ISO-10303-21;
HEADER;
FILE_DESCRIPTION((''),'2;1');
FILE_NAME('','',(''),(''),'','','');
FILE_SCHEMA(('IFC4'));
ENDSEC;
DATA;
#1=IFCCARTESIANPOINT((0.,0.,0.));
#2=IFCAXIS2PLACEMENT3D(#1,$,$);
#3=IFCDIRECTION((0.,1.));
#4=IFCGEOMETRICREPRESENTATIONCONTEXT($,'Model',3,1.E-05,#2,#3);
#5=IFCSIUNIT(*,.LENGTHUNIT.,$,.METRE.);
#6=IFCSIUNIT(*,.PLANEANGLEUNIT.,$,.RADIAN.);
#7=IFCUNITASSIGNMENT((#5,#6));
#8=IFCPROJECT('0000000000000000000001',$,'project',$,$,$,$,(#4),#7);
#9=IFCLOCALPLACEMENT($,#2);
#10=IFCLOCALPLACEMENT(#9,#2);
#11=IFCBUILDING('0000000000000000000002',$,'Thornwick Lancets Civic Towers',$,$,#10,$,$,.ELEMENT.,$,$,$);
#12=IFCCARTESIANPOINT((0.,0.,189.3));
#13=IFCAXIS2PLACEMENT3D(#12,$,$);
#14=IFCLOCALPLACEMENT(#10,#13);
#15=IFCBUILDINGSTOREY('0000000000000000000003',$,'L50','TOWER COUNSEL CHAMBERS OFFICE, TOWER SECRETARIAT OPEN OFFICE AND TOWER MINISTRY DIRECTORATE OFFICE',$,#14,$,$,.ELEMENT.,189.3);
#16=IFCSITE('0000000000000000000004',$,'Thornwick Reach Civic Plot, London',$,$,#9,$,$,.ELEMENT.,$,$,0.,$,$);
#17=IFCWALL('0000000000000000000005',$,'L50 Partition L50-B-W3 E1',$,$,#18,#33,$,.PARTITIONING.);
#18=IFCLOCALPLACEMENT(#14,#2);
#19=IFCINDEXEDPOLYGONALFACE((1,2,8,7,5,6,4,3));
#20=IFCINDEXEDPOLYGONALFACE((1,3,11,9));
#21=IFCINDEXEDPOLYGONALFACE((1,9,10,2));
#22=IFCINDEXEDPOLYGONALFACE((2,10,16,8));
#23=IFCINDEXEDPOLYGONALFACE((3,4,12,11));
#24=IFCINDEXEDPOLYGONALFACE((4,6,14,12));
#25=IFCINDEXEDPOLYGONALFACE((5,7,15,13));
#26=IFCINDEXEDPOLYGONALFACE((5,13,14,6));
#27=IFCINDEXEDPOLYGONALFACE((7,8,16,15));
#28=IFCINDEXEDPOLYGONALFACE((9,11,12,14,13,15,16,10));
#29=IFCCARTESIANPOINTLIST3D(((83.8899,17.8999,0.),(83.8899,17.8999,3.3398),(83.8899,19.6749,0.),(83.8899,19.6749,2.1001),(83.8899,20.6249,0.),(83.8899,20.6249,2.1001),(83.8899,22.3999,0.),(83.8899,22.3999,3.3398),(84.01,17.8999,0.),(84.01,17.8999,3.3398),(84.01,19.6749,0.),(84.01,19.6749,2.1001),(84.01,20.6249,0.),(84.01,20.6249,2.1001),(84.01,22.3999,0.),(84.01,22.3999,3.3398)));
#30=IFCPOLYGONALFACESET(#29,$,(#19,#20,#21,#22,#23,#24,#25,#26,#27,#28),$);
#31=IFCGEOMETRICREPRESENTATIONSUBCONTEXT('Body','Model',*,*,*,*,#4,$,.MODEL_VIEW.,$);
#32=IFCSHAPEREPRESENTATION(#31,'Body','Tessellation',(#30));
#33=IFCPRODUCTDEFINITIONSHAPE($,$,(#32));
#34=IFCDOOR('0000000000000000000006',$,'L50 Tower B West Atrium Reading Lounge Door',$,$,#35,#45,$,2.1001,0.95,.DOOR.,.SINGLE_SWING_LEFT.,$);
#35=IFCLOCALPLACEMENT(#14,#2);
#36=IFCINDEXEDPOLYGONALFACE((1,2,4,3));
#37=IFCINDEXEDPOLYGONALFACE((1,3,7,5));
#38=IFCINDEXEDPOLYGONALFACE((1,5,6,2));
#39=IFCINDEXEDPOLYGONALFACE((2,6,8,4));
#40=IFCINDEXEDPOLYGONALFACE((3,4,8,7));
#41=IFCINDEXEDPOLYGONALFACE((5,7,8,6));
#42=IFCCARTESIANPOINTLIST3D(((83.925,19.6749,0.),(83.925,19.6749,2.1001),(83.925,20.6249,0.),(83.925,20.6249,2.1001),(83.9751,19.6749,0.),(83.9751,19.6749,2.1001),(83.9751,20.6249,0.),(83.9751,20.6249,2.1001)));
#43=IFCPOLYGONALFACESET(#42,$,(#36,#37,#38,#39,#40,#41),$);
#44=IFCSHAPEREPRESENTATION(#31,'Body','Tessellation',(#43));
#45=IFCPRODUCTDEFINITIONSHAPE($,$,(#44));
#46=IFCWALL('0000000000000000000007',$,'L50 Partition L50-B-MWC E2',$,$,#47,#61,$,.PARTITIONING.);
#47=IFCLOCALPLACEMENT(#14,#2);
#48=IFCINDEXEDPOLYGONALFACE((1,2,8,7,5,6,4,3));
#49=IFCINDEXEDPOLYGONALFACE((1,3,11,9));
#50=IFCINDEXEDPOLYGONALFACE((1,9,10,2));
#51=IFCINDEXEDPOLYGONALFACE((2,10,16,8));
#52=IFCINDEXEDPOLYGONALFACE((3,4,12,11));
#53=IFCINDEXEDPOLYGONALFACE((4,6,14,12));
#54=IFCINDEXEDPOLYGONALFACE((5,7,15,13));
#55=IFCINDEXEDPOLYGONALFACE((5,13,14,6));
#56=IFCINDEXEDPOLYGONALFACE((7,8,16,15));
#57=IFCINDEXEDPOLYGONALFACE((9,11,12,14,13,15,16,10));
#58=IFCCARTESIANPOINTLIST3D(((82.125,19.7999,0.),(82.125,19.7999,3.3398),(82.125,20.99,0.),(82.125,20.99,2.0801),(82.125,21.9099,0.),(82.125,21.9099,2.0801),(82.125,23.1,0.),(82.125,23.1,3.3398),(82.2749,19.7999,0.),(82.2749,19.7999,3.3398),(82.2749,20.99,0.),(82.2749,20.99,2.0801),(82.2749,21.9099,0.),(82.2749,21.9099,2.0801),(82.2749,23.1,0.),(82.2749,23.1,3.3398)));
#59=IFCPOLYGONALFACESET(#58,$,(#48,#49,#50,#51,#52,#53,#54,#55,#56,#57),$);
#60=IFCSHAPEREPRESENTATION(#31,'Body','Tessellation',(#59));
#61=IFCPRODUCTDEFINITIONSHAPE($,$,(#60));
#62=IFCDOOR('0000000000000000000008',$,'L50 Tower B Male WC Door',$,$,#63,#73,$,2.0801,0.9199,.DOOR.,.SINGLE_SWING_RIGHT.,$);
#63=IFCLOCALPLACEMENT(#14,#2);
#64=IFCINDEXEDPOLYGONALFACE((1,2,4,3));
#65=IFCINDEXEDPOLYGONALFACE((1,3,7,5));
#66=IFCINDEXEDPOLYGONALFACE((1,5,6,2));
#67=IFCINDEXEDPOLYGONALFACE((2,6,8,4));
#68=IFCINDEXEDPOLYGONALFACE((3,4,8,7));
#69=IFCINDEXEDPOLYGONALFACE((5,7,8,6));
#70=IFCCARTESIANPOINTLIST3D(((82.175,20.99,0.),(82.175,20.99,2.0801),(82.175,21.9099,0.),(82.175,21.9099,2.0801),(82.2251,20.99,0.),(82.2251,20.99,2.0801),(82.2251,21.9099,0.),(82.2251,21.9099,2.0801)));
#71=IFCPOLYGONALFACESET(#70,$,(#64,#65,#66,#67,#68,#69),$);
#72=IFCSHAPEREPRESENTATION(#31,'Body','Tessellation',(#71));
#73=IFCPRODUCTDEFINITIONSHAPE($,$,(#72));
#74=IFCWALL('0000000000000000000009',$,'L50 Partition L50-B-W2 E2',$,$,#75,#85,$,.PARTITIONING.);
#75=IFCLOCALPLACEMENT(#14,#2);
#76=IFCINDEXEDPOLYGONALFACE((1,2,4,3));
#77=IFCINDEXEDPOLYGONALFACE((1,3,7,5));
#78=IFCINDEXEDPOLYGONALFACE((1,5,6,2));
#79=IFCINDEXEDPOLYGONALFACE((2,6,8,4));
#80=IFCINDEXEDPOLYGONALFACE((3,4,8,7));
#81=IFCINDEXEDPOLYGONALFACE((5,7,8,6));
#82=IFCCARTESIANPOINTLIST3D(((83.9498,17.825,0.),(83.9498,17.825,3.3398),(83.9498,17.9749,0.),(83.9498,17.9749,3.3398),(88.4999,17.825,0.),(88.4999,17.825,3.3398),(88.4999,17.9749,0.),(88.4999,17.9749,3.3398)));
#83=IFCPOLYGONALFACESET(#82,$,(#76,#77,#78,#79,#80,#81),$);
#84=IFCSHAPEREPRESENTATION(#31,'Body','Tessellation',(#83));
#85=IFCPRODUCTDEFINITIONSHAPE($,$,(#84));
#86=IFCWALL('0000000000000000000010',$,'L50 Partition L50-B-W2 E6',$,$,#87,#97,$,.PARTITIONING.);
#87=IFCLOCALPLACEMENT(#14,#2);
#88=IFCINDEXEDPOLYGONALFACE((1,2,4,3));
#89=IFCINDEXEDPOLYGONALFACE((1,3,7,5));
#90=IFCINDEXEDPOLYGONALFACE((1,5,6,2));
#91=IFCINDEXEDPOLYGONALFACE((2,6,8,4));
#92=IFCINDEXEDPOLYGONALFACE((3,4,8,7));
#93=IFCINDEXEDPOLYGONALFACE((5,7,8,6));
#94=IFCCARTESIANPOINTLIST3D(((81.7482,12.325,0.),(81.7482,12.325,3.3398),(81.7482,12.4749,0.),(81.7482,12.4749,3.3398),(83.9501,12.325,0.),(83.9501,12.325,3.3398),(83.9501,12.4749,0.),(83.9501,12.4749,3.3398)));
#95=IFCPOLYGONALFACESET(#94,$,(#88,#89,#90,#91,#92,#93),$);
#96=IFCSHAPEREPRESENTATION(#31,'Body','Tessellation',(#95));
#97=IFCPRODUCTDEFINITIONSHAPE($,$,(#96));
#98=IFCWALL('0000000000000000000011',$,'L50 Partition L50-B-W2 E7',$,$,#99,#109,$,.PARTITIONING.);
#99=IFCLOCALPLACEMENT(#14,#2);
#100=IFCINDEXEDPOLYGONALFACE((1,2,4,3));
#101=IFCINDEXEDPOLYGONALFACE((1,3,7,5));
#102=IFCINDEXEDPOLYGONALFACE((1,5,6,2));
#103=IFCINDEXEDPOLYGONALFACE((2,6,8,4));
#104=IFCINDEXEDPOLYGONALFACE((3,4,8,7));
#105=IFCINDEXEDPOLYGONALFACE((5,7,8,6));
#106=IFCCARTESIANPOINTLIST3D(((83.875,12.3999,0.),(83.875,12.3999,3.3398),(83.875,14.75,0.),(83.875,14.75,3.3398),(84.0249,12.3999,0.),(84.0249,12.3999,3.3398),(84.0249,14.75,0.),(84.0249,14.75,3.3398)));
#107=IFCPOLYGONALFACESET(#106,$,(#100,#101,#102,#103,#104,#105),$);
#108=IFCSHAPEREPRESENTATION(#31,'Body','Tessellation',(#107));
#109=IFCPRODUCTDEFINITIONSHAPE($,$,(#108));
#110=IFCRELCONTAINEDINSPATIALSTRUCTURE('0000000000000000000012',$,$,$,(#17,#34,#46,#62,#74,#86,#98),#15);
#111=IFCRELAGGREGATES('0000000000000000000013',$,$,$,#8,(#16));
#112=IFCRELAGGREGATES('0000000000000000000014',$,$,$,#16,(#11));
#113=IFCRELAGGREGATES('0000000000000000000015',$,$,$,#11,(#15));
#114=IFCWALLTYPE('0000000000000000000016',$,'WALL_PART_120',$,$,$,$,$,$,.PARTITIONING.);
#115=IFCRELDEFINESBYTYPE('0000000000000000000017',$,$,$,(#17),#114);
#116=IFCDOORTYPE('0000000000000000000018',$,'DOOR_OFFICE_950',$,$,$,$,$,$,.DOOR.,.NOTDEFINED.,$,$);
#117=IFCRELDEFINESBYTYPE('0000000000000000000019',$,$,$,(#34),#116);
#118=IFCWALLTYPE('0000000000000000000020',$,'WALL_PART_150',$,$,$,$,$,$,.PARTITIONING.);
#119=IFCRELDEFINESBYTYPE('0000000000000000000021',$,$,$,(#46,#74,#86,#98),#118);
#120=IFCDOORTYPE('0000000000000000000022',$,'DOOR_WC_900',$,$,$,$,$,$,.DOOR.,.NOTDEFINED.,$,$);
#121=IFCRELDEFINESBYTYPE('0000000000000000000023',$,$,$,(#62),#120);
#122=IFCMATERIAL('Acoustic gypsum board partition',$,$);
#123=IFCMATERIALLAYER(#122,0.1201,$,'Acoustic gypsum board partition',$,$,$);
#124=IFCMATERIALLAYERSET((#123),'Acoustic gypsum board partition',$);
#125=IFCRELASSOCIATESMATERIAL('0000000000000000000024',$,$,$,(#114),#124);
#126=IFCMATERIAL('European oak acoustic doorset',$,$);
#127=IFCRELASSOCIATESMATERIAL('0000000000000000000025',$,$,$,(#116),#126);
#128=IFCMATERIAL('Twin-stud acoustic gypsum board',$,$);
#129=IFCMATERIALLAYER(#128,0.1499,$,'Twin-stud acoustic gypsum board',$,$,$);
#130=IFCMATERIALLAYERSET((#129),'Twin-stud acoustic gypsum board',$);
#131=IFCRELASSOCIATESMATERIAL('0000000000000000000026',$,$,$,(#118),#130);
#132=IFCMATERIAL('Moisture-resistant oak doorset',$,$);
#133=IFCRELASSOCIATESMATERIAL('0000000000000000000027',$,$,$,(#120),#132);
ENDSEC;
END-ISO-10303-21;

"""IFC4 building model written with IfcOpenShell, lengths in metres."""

from ifc_helpers import new_model, si_unit, direction, frame, frame_2d, origin, place, context, subcontext, project, spatial, rectangle, extrude, material, layer, layer_set, type_object, element, fill, save


model = new_model("IFC4")

# Units and contexts
model_context = context("Model", 3, precision=1e-05, world=origin(), true_north=direction((0.0, 1.0)))
body_context = subcontext(model_context, "Body", "Model", "MODEL_VIEW")
ifc_project = project(units=[si_unit("LENGTHUNIT", "METRE"), si_unit("PLANEANGLEUNIT", "RADIAN")], contexts=[model_context])

# Site, building, storey
site_placement = place(None, origin())
site = spatial("IfcSite", under=ifc_project, at=site_placement, Name="Thornwick Reach Civic Plot, London", CompositionType="ELEMENT", RefElevation=0.0)
building_placement = place(site_placement, origin())
building = spatial("IfcBuilding", under=site, at=building_placement, Name="Thornwick Lancets Civic Towers", CompositionType="ELEMENT")
storey_placement = place(building_placement, frame((0.0, 0.0, 189.3)))
storey = spatial("IfcBuildingStorey", under=building, at=storey_placement, Name="L50", Description="TOWER COUNSEL CHAMBERS OFFICE, TOWER SECRETARIAT OPEN OFFICE AND TOWER MINISTRY DIRECTORATE OFFICE", CompositionType="ELEMENT", Elevation=189.3)

# Walls, openings, doors
ifc_material_1 = material(Name="Acoustic gypsum board partition")
ifc_layer_1 = layer(ifc_material_1, 0.1201, Name="Acoustic gypsum board partition")
ifc_layer_set_1 = layer_set([ifc_layer_1], Name="Acoustic gypsum board partition")
wall_type_1 = type_object("IfcWallType", Name="WALL_PART_120", PredefinedType="PARTITIONING", material=ifc_layer_set_1)
wall_1_placement = place(storey_placement, frame((83.95, 17.8999, 0.0), z_axis=(0.0, 0.0, 1.0), x_axis=(0.0, 1.0, 0.0)))
wall_1 = element("IfcWall", 1, at=wall_1_placement, inside=storey, type_object=wall_type_1, Name="L50 Partition L50-B-W3 E1", PredefinedType="PARTITIONING", context=body_context, shape_type="SweptSolid", body=[
    extrude(rectangle(XDim=4.5, YDim=0.1201, at=frame_2d((2.25, 0.0))), origin(), (0.0, 0.0, 1.0), 3.3398),
])
opening_1_placement = place(wall_1_placement, frame((1.7749, 0.0, 0.0)))
opening_1 = element("IfcOpeningElement", 2, at=opening_1_placement, cuts=wall_1, PredefinedType="OPENING", context=body_context, shape_type="SweptSolid", body=[
    extrude(rectangle(XDim=0.95, YDim=2.1001, at=frame_2d((0.4751, 1.05))), frame((0.0, 0.0701, 0.0), z_axis=(0.0, -1.0, 0.0), x_axis=(1.0, 0.0, 0.0)), (0.0, 0.0, 1.0), 0.1401),
])
ifc_material_2 = material(Name="European oak acoustic doorset")
door_type_1 = type_object("IfcDoorType", Name="DOOR_OFFICE_950", OperationType="NOTDEFINED", PredefinedType="DOOR", material=ifc_material_2)
door_1_placement = place(opening_1_placement, origin())
door_1 = element("IfcDoor", 3, at=door_1_placement, inside=storey, type_object=door_type_1, Name="L50 Tower B West Atrium Reading Lounge Door", OperationType="SINGLE_SWING_LEFT", OverallHeight=2.1001, OverallWidth=0.95, PredefinedType="DOOR", context=body_context, shape_type="SweptSolid", body=[
    extrude(rectangle(XDim=0.95, YDim=2.1001, at=frame_2d((0.4751, 1.05))), frame((0.0, 0.0249, 0.0), z_axis=(0.0, -1.0, 0.0), x_axis=(1.0, 0.0, 0.0)), (0.0, 0.0, 1.0), 0.05),
])
fill(opening_1, door_1)
ifc_material_3 = material(Name="Twin-stud acoustic gypsum board")
ifc_layer_2 = layer(ifc_material_3, 0.1499, Name="Twin-stud acoustic gypsum board")
ifc_layer_set_2 = layer_set([ifc_layer_2], Name="Twin-stud acoustic gypsum board")
wall_type_2 = type_object("IfcWallType", Name="WALL_PART_150", PredefinedType="PARTITIONING", material=ifc_layer_set_2)
wall_2_placement = place(storey_placement, frame((82.2, 19.8, 0.0), z_axis=(0.0, 0.0, 1.0), x_axis=(0.0, 1.0, 0.0)))
wall_2 = element("IfcWall", 4, at=wall_2_placement, inside=storey, type_object=wall_type_2, Name="L50 Partition L50-B-MWC E2", PredefinedType="PARTITIONING", context=body_context, shape_type="SweptSolid", body=[
    extrude(rectangle(XDim=3.3, YDim=0.1499, at=frame_2d((1.6499, 0.0))), origin(), (0.0, 0.0, 1.0), 3.3398),
])
opening_2_placement = place(wall_2_placement, frame((1.1899, 0.0, 0.0)))
opening_2 = element("IfcOpeningElement", 5, at=opening_2_placement, cuts=wall_2, PredefinedType="OPENING", context=body_context, shape_type="SweptSolid", body=[
    extrude(rectangle(XDim=0.9199, YDim=2.0801, at=frame_2d((0.46, 1.04))), frame((0.0, 0.085, 0.0), z_axis=(0.0, -1.0, 0.0), x_axis=(1.0, 0.0, 0.0)), (0.0, 0.0, 1.0), 0.1699),
])
ifc_material_4 = material(Name="Moisture-resistant oak doorset")
door_type_2 = type_object("IfcDoorType", Name="DOOR_WC_900", OperationType="NOTDEFINED", PredefinedType="DOOR", material=ifc_material_4)
door_2_placement = place(opening_2_placement, origin())
door_2 = element("IfcDoor", 6, at=door_2_placement, inside=storey, type_object=door_type_2, Name="L50 Tower B Male WC Door", OperationType="SINGLE_SWING_RIGHT", OverallHeight=2.0801, OverallWidth=0.9199, PredefinedType="DOOR", context=body_context, shape_type="SweptSolid", body=[
    extrude(rectangle(XDim=0.9199, YDim=2.0801, at=frame_2d((0.46, 1.04))), frame((0.0, 0.0249, 0.0), z_axis=(0.0, -1.0, 0.0), x_axis=(1.0, 0.0, 0.0)), (0.0, 0.0, 1.0), 0.05),
])
fill(opening_2, door_2)

# Walls
wall_3_placement = place(storey_placement, frame((83.95, 17.8999, 0.0), z_axis=(0.0, 0.0, 1.0), x_axis=(1.0, 0.0, 0.0)))
element("IfcWall", 7, at=wall_3_placement, inside=storey, type_object=wall_type_2, Name="L50 Partition L50-B-W2 E2", PredefinedType="PARTITIONING", context=body_context, shape_type="SweptSolid", body=[
    extrude(rectangle(XDim=4.55, YDim=0.1499, at=frame_2d((2.2749, 0.0))), origin(), (0.0, 0.0, 1.0), 3.3398),
])
wall_4_placement = place(storey_placement, frame((81.748, 12.3999, 0.0), z_axis=(0.0, 0.0, 1.0), x_axis=(1.0, 0.0, 0.0)))
element("IfcWall", 8, at=wall_4_placement, inside=storey, type_object=wall_type_2, Name="L50 Partition L50-B-W2 E6", PredefinedType="PARTITIONING", context=body_context, shape_type="SweptSolid", body=[
    extrude(rectangle(XDim=2.2019, YDim=0.1499, at=frame_2d((1.1011, 0.0))), origin(), (0.0, 0.0, 1.0), 3.3398),
])
wall_5_placement = place(storey_placement, frame((83.95, 12.3999, 0.0), z_axis=(0.0, 0.0, 1.0), x_axis=(0.0, 1.0, 0.0)))
element("IfcWall", 9, at=wall_5_placement, inside=storey, type_object=wall_type_2, Name="L50 Partition L50-B-W2 E7", PredefinedType="PARTITIONING", context=body_context, shape_type="SweptSolid", body=[
    extrude(rectangle(XDim=2.3501, YDim=0.1499, at=frame_2d((1.175, 0.0))), origin(), (0.0, 0.0, 1.0), 3.3398),
])

save(model, "model.ifc")
